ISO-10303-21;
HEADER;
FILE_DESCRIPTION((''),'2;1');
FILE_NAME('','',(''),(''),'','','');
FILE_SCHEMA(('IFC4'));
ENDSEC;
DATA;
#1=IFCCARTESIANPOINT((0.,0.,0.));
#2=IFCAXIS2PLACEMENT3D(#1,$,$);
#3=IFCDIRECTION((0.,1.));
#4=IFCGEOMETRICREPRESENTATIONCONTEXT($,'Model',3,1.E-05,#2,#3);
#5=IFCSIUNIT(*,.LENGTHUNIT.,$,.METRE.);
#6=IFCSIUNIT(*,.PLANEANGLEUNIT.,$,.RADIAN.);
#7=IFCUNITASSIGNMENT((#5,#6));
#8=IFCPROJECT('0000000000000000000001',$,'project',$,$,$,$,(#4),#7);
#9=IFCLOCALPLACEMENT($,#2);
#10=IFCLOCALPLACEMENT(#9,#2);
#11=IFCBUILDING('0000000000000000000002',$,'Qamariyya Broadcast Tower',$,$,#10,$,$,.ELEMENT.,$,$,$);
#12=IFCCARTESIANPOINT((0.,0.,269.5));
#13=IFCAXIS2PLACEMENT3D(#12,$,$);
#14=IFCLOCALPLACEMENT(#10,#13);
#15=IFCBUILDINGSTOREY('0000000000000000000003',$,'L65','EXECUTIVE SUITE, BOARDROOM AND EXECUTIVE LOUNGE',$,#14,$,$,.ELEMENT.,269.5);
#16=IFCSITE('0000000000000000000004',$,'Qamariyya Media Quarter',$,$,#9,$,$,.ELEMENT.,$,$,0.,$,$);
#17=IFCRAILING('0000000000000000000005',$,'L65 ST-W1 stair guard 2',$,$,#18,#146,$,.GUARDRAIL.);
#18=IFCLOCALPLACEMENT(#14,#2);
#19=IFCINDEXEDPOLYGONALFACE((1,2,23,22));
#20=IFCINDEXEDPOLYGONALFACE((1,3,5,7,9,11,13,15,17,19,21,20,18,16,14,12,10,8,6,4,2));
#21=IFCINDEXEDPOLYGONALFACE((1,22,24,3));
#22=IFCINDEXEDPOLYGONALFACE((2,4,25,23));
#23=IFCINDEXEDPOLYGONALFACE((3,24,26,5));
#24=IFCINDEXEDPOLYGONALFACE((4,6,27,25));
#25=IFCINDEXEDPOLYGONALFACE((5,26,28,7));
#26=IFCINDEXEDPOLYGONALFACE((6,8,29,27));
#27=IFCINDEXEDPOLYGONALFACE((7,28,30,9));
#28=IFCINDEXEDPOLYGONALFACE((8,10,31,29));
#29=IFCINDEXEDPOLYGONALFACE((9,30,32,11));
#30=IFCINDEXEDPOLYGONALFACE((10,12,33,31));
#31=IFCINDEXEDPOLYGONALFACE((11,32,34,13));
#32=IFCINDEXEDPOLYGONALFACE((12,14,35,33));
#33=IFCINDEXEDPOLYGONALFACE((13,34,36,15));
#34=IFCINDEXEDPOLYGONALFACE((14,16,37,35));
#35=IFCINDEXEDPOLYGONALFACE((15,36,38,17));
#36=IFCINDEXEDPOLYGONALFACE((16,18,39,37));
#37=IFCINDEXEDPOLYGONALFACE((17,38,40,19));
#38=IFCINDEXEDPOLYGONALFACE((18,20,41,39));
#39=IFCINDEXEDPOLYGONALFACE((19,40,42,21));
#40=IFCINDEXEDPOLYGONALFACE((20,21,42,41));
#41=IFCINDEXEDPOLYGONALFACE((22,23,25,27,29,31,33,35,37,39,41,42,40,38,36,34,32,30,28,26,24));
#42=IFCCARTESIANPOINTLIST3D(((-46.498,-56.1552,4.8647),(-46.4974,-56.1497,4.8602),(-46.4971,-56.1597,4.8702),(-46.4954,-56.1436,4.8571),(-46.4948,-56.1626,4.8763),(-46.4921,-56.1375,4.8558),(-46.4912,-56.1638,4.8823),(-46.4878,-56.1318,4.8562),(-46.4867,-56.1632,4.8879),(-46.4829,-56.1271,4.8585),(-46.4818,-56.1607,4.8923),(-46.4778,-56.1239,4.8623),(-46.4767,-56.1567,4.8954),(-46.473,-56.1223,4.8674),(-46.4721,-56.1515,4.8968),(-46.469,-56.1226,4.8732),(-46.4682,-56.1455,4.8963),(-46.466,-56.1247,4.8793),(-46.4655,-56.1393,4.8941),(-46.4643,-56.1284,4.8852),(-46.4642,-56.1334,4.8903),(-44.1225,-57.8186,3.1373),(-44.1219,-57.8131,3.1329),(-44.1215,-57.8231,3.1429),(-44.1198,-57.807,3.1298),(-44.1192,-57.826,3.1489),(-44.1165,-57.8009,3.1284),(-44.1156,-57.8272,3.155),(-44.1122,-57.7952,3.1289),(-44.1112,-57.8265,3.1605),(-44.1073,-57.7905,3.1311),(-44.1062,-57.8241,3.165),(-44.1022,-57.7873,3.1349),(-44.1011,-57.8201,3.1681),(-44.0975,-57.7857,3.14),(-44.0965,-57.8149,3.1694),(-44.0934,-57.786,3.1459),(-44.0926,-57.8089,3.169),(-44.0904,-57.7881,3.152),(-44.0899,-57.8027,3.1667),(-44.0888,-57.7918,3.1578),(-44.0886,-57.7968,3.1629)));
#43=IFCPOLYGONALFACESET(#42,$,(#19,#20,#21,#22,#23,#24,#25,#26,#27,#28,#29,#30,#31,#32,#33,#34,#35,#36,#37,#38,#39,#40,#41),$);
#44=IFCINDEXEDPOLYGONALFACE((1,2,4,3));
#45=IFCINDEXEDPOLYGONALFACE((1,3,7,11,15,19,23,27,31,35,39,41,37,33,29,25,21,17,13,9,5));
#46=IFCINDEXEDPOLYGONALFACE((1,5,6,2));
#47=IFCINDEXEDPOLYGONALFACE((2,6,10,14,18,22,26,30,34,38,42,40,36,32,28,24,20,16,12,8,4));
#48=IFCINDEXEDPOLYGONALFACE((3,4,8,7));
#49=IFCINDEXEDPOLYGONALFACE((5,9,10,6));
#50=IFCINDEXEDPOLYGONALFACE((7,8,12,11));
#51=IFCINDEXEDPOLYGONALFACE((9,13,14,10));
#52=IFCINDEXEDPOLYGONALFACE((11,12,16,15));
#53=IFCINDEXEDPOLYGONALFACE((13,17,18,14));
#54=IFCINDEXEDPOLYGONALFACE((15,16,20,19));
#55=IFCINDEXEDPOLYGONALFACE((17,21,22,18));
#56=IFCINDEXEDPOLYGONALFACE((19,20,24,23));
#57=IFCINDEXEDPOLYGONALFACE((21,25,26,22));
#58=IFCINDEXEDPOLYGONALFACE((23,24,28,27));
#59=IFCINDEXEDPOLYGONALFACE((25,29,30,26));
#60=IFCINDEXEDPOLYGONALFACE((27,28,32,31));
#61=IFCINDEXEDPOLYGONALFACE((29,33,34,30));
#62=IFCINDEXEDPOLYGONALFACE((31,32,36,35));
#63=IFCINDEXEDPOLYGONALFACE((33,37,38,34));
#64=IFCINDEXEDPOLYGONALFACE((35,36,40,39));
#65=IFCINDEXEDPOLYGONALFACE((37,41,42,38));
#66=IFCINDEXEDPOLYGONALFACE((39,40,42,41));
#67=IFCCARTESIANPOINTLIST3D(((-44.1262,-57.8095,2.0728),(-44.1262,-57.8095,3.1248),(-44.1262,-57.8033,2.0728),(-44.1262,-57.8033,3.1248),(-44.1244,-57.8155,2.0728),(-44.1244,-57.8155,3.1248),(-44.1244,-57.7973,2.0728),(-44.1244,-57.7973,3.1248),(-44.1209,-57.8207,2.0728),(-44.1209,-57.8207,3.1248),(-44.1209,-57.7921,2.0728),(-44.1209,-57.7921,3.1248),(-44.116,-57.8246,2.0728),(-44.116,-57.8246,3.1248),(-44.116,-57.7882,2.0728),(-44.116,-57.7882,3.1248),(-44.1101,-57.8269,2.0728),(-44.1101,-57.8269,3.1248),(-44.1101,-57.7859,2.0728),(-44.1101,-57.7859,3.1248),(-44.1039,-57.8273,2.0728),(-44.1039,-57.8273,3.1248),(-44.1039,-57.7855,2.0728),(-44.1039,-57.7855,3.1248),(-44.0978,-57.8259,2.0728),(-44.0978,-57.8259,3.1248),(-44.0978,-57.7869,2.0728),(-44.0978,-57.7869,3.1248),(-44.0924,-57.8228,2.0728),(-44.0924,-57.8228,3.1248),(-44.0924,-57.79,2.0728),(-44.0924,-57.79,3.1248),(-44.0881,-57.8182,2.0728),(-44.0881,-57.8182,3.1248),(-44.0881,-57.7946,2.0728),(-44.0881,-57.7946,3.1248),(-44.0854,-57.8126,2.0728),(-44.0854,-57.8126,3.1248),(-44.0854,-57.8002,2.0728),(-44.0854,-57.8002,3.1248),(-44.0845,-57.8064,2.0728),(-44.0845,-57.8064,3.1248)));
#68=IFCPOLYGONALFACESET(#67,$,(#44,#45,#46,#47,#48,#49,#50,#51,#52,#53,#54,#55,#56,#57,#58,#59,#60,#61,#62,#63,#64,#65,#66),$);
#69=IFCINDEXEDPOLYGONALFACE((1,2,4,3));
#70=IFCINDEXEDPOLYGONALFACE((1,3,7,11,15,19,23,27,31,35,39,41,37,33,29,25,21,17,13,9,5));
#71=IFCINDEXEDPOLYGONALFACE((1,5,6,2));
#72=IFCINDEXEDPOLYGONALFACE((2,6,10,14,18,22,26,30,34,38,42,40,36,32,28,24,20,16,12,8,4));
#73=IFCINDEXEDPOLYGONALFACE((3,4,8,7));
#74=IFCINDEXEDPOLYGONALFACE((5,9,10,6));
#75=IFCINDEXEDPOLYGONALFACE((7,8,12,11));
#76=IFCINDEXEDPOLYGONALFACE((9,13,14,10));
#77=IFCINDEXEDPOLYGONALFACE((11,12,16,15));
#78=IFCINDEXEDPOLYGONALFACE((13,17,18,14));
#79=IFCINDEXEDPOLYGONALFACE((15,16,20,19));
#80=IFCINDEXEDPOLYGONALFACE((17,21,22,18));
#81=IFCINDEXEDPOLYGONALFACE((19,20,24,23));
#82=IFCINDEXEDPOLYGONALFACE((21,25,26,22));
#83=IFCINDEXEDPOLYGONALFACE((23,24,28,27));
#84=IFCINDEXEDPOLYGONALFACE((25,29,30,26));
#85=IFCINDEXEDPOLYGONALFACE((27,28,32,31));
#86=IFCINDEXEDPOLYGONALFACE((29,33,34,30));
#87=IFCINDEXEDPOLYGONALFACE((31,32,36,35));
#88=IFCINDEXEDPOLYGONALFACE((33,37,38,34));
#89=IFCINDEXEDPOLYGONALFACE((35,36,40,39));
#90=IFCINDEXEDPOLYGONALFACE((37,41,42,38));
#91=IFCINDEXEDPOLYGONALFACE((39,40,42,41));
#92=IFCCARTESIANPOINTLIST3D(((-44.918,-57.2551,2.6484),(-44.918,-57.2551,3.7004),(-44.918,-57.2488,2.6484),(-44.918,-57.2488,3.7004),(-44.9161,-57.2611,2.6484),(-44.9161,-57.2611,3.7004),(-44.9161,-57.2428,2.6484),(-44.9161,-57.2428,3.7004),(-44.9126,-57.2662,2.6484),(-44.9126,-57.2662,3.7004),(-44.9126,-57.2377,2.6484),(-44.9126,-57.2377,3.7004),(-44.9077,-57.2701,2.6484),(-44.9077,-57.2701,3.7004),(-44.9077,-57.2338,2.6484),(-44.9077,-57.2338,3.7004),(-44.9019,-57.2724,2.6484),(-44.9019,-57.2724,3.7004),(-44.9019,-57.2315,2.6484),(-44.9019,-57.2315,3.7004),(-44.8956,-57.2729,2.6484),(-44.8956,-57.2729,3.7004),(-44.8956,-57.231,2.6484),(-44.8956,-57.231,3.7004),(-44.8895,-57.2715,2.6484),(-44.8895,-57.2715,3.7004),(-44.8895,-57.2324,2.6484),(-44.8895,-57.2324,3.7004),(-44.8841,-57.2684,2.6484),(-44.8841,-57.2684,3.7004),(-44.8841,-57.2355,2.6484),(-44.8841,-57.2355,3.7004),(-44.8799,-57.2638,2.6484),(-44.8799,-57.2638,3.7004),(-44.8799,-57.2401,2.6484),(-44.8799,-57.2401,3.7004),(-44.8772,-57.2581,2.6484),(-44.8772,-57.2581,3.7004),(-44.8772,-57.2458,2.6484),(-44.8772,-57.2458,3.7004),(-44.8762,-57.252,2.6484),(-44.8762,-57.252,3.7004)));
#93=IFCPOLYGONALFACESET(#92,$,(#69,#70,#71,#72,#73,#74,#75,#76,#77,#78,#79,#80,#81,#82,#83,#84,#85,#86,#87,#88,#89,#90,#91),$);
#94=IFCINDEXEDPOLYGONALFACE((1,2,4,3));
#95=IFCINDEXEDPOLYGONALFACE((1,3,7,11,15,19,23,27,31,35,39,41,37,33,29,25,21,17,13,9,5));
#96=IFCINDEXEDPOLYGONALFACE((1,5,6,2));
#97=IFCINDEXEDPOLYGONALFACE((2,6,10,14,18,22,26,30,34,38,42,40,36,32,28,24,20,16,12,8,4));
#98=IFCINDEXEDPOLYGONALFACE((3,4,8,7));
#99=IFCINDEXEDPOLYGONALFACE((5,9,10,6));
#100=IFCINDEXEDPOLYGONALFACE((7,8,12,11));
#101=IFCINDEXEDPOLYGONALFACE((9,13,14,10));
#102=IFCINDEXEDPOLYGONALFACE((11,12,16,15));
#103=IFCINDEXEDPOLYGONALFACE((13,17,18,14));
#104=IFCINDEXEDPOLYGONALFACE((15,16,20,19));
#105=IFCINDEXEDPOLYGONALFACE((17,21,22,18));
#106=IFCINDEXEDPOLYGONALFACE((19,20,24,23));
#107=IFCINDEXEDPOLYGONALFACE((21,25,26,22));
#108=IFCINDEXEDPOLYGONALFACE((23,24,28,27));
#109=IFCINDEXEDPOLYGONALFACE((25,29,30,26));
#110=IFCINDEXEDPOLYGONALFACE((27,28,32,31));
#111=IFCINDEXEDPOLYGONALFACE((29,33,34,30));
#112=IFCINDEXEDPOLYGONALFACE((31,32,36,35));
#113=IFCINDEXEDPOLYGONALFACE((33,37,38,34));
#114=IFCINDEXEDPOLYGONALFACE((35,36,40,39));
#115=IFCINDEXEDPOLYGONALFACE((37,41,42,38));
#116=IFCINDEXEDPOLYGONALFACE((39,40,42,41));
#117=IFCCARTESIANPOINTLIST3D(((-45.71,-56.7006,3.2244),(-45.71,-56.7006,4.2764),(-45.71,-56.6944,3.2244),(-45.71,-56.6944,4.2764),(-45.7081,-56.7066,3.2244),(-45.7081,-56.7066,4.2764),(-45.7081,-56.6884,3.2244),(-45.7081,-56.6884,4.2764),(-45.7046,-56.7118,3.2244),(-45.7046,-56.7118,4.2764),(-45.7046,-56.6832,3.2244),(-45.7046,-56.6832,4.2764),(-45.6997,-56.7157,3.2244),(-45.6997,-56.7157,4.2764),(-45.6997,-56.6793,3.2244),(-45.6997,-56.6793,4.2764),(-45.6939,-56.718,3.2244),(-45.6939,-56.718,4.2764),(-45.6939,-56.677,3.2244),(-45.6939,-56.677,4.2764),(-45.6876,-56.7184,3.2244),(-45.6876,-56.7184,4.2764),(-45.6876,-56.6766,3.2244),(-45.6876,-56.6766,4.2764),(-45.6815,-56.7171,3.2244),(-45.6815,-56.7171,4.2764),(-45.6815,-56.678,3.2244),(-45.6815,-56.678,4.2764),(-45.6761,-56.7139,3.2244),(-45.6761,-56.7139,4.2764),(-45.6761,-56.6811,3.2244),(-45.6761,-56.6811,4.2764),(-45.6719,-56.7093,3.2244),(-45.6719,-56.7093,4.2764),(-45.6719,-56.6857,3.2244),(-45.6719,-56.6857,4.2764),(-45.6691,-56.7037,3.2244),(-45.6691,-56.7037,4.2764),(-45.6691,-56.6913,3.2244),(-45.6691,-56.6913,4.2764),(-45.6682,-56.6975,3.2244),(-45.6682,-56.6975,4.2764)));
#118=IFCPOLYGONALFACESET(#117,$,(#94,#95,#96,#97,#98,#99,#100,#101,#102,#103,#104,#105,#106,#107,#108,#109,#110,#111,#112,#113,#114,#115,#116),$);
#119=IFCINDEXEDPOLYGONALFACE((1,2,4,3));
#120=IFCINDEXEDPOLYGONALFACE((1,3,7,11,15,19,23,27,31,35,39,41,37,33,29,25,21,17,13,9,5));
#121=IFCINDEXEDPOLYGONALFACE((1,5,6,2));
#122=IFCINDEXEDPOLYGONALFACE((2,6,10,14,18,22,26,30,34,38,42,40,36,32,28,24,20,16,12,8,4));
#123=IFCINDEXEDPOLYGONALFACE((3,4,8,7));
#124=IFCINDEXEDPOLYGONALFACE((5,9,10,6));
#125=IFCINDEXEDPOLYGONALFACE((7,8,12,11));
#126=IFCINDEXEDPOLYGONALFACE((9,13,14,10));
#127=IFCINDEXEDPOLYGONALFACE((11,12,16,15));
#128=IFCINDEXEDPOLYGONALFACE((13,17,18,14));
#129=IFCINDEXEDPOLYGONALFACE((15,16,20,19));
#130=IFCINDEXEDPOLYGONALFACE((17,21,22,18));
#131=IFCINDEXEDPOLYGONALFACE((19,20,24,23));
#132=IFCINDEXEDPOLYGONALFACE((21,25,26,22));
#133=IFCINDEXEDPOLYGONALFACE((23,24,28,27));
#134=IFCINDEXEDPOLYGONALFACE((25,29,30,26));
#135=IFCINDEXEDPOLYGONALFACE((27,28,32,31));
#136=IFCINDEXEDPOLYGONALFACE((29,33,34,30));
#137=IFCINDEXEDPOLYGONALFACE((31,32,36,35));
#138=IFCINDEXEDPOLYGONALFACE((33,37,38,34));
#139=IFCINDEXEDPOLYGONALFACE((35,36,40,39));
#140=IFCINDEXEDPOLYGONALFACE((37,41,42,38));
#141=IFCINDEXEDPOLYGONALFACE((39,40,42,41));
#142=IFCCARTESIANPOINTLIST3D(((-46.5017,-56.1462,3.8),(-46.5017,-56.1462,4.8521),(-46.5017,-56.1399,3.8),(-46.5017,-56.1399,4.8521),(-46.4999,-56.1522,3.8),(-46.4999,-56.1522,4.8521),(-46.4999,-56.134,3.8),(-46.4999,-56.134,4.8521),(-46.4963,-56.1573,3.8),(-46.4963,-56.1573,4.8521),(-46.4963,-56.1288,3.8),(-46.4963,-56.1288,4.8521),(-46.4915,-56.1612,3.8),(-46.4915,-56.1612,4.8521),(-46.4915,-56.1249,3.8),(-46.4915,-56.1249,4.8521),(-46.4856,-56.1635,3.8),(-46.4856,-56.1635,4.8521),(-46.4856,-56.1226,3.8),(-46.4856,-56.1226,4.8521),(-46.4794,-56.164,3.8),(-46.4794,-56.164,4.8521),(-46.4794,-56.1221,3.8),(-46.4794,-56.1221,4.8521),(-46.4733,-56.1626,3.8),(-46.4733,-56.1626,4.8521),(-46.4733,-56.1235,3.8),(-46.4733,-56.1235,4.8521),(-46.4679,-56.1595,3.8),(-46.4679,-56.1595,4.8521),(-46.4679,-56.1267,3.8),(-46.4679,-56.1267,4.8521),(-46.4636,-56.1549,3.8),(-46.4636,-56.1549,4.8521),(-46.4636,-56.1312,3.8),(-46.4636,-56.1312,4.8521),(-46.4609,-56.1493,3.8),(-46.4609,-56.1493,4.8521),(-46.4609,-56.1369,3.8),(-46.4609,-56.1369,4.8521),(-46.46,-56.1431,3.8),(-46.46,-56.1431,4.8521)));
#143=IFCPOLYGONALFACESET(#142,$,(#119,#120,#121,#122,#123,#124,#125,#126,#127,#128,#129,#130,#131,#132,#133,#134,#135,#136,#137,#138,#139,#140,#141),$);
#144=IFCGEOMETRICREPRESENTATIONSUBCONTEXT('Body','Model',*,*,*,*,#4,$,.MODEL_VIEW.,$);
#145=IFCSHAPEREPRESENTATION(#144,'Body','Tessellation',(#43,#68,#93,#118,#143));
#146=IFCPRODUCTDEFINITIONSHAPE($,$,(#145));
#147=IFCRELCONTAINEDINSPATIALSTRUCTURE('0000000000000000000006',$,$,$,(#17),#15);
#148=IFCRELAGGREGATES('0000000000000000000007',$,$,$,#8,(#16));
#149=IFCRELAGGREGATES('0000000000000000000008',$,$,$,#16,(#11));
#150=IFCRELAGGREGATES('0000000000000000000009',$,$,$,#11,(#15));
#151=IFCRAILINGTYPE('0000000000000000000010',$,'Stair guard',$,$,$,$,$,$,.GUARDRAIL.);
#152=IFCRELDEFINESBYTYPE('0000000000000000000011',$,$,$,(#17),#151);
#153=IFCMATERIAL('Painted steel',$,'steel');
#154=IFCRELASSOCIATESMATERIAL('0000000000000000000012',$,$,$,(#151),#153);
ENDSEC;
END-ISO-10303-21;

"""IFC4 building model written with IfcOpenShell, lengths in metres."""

from ifc_helpers import new_model, si_unit, direction, frame, origin, origin_2d, place, context, subcontext, project, spatial, circle, extrude, material, type_object, element, save


model = new_model("IFC4")

# Units and contexts
model_context = context("Model", 3, precision=1e-05, world=origin(), true_north=direction((0.0, 1.0)))
body_context = subcontext(model_context, "Body", "Model", "MODEL_VIEW")
ifc_project = project(units=[si_unit("LENGTHUNIT", "METRE"), si_unit("PLANEANGLEUNIT", "RADIAN")], contexts=[model_context])

# Site, building, storey
site_placement = place(None, origin())
site = spatial("IfcSite", under=ifc_project, at=site_placement, Name="Qamariyya Media Quarter", CompositionType="ELEMENT", RefElevation=0.0)
building_placement = place(site_placement, origin())
building = spatial("IfcBuilding", under=site, at=building_placement, Name="Qamariyya Broadcast Tower", CompositionType="ELEMENT")
storey_placement = place(building_placement, frame((0.0, 0.0, 269.5)))
storey = spatial("IfcBuildingStorey", under=building, at=storey_placement, Name="L65", Description="EXECUTIVE SUITE, BOARDROOM AND EXECUTIVE LOUNGE", CompositionType="ELEMENT", Elevation=269.5)

# Railing
ifc_material_1 = material(Name="Painted steel", Category="steel")
railing_type_1 = type_object("IfcRailingType", Name="Stair guard", PredefinedType="GUARDRAIL", material=ifc_material_1)
railing_1_placement = place(storey_placement, frame((-44.1055, -57.8064, 2.0728)))
element("IfcRailing", 1, at=railing_1_placement, inside=storey, type_object=railing_type_1, Name="L65 ST-W1 stair guard 2", PredefinedType="GUARDRAIL", context=body_context, shape_type="SweptSolid", body=[
    extrude(circle(Radius=0.0239, at=origin_2d()), frame((0.0, 0.0, 1.0762), z_axis=(-0.70377, 0.492784, 0.511734), x_axis=(-0.573575, -0.819153, 0.0)), (0.0, 0.0, 1.0), 3.3755),
    extrude(circle(Radius=0.021, at=origin_2d()), origin(), (0.0, 0.0, 1.0), 1.052),
    extrude(circle(Radius=0.021, at=origin_2d()), frame((-0.7917, 0.5544, 0.5757)), (0.0, 0.0, 1.0), 1.052),
    extrude(circle(Radius=0.021, at=origin_2d()), frame((-1.5837, 1.1089, 1.1516)), (0.0, 0.0, 1.0), 1.052),
    extrude(circle(Radius=0.021, at=origin_2d()), frame((-2.3755, 1.6633, 1.7273)), (0.0, 0.0, 1.0), 1.052),
])

save(model, "model.ifc")
